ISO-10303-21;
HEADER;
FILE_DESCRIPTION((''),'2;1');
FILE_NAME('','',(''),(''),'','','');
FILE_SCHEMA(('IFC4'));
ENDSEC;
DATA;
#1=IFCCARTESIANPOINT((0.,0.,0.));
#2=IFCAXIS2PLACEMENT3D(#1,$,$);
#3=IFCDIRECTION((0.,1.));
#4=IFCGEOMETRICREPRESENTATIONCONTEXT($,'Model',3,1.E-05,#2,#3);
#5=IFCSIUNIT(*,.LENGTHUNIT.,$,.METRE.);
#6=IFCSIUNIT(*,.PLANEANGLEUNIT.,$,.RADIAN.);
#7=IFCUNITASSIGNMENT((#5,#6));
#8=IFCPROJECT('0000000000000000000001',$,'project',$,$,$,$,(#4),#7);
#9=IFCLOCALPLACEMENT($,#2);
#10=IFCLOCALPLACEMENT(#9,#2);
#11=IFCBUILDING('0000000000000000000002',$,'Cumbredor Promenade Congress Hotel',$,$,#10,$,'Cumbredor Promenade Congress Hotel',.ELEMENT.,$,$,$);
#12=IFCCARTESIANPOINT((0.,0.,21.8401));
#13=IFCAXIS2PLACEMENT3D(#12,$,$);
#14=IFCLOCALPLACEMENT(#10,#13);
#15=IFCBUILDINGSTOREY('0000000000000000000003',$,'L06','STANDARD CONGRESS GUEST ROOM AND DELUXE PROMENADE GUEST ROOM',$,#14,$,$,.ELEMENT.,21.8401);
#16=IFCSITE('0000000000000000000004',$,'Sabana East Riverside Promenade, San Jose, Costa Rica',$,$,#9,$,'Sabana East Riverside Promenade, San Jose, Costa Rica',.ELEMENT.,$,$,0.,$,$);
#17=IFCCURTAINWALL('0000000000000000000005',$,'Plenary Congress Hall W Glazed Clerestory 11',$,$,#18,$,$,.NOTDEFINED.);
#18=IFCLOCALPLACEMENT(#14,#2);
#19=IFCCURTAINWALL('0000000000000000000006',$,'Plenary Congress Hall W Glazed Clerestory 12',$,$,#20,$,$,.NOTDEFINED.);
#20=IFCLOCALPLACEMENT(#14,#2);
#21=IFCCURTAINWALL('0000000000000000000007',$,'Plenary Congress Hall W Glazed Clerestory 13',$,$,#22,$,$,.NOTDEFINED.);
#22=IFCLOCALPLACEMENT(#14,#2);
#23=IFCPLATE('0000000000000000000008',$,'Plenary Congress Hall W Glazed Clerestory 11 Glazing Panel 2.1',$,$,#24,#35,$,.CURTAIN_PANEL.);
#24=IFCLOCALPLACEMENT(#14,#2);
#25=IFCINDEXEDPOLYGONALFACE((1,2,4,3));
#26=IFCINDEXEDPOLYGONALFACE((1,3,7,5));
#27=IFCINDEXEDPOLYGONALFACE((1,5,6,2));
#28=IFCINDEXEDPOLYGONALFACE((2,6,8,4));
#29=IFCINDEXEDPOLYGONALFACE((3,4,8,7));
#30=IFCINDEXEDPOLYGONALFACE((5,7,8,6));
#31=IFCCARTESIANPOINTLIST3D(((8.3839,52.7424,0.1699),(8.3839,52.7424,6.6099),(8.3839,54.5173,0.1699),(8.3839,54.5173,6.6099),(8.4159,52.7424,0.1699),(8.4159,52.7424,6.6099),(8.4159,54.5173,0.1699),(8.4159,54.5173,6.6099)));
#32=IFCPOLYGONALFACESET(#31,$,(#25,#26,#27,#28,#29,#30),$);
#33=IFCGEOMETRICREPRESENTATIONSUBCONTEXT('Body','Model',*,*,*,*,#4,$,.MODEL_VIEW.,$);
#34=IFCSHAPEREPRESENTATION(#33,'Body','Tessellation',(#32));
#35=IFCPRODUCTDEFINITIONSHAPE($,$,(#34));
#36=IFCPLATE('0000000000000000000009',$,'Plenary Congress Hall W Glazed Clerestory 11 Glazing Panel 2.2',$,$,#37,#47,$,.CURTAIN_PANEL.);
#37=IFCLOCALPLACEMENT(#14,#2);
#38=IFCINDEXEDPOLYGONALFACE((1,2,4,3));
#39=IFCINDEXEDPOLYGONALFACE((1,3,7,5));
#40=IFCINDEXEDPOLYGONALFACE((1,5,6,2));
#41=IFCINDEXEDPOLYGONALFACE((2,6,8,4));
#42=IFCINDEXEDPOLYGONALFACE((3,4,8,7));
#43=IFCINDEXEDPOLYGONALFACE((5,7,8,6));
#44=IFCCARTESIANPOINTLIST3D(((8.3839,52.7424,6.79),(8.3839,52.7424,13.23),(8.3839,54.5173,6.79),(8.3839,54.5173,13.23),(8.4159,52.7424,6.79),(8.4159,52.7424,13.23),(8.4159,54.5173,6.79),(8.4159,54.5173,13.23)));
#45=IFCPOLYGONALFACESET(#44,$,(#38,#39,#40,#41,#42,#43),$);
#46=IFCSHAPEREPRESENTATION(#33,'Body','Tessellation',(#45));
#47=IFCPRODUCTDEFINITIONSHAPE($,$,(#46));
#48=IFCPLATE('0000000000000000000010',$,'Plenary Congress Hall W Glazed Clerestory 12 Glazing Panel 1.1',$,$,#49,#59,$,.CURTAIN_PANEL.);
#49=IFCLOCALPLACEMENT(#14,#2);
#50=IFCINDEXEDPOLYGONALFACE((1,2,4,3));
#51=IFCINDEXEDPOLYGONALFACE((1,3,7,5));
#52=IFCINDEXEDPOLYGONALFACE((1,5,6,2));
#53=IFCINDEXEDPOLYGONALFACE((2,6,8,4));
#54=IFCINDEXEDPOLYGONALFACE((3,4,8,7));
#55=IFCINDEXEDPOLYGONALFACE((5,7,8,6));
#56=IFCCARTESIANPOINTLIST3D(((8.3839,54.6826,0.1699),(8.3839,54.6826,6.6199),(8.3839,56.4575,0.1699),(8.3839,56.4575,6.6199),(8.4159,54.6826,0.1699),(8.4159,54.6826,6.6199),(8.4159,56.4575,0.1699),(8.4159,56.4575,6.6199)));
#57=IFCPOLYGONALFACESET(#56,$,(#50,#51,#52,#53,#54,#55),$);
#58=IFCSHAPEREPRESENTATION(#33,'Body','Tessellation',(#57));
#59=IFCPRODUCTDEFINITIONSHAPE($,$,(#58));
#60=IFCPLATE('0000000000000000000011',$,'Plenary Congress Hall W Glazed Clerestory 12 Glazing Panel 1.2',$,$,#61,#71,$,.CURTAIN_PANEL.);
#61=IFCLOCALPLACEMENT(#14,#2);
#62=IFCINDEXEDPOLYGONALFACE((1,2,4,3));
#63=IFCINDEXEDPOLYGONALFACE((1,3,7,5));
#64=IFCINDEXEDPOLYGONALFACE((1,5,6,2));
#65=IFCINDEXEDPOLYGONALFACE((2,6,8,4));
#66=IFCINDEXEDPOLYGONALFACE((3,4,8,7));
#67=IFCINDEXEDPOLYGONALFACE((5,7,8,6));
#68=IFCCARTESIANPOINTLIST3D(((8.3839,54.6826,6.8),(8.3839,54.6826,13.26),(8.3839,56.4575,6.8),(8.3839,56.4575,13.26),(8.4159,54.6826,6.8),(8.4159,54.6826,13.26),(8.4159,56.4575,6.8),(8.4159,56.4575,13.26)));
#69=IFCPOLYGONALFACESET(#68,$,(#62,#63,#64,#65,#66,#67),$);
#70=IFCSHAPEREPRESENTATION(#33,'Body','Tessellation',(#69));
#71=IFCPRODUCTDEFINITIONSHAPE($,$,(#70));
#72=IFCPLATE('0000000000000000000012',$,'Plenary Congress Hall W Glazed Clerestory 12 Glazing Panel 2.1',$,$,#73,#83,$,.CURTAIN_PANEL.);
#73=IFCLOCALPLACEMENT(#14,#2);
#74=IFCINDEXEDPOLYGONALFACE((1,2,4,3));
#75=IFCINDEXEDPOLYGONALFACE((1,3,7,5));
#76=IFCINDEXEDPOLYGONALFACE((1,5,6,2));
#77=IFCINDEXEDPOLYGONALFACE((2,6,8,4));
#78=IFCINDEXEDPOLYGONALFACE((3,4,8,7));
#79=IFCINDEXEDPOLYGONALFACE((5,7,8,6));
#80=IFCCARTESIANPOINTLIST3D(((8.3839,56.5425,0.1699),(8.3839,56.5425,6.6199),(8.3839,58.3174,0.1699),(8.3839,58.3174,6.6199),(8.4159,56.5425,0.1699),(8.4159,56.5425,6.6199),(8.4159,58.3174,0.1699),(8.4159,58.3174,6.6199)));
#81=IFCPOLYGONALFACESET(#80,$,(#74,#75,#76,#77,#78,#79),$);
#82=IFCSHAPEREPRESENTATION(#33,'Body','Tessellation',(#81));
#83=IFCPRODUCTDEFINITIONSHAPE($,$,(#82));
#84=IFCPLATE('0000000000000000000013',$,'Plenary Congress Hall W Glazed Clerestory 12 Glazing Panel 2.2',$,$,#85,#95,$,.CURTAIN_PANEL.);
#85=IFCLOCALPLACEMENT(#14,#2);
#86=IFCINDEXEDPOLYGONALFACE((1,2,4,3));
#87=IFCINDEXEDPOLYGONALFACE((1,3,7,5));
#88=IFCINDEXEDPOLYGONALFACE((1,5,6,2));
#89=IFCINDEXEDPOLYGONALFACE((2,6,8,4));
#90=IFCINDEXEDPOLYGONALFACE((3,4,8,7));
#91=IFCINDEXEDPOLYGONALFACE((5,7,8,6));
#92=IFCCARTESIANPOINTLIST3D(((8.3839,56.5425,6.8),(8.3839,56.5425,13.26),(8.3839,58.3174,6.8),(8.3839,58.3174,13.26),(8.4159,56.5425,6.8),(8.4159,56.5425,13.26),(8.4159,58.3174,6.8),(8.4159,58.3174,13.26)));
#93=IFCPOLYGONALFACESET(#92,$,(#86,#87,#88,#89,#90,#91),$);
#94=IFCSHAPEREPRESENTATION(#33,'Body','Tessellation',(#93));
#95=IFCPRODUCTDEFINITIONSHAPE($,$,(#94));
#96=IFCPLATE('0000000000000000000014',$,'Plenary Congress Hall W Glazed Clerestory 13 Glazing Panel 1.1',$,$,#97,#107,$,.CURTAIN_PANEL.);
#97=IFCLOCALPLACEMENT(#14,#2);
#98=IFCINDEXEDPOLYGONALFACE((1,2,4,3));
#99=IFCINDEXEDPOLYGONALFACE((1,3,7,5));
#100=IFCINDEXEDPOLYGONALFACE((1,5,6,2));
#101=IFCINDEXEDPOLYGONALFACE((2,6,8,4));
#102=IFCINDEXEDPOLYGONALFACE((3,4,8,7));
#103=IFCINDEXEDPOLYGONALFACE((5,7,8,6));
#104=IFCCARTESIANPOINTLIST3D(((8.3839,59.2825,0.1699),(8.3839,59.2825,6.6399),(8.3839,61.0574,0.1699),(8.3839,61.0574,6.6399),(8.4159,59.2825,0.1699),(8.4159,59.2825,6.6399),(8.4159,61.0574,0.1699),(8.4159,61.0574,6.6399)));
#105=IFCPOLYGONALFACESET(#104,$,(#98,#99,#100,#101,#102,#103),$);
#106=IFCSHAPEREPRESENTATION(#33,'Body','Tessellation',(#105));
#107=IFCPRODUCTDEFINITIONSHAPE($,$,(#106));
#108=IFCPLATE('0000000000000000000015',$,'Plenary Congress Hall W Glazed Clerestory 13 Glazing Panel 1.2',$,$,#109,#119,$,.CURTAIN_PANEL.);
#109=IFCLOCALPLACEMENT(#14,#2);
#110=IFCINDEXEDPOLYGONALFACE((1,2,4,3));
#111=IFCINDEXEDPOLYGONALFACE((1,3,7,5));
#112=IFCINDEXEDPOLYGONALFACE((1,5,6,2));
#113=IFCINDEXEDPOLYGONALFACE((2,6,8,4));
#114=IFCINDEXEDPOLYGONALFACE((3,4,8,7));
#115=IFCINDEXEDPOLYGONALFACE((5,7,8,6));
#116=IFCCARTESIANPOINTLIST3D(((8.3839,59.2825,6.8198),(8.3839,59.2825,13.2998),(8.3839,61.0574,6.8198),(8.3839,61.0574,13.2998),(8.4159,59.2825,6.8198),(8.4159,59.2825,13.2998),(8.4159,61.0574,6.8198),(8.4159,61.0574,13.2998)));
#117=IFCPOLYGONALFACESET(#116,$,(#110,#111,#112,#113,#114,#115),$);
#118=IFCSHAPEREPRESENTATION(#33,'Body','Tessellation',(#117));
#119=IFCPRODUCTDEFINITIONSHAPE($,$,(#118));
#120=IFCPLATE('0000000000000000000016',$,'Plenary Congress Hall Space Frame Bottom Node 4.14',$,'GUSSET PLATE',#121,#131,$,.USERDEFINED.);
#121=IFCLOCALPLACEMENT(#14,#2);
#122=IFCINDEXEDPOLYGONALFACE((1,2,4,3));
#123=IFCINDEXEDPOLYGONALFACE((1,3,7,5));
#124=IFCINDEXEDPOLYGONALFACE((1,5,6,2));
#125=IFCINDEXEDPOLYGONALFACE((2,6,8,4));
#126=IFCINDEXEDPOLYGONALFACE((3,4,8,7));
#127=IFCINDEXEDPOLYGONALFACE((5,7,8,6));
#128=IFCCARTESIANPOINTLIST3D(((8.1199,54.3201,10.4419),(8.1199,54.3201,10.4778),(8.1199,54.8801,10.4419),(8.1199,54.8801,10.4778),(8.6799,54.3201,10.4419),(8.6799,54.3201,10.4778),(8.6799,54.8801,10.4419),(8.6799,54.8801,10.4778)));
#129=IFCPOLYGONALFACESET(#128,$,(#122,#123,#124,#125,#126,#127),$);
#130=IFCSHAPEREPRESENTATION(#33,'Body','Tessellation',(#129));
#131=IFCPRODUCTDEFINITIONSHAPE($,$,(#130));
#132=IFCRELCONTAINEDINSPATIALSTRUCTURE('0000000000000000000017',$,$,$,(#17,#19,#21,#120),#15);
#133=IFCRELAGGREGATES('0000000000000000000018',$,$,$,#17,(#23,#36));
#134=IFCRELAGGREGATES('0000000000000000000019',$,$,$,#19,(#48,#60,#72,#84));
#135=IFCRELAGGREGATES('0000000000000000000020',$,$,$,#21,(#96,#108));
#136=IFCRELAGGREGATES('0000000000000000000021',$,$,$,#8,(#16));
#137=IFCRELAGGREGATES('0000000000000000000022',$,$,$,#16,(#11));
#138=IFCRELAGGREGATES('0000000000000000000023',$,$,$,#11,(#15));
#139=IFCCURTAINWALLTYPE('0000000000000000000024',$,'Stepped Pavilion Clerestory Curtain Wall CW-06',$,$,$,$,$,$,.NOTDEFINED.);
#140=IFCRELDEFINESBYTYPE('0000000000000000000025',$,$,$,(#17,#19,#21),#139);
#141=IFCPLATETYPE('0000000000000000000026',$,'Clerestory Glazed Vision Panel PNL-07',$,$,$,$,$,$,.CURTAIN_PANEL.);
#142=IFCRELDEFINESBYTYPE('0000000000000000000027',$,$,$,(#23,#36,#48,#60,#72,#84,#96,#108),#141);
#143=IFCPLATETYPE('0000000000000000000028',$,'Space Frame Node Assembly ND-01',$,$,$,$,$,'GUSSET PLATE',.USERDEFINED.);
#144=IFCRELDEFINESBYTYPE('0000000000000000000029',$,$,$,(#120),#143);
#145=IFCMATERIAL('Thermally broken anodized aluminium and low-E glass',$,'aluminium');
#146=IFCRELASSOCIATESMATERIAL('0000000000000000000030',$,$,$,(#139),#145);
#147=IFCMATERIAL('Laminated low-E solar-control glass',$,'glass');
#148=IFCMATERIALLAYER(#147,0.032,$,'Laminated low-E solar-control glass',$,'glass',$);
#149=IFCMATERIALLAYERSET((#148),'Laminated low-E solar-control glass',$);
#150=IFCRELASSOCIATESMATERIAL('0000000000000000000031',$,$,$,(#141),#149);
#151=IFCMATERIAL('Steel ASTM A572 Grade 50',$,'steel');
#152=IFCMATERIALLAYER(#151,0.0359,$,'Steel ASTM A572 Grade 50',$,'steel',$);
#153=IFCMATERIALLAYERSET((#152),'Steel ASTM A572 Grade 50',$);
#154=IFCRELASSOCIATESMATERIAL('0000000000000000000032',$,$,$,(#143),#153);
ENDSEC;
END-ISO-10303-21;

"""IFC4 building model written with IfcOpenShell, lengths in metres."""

from ifc_helpers import new_model, si_unit, direction, frame, origin, origin_2d, place, context, subcontext, project, spatial, rectangle, extrude, material, layer, layer_set, type_object, element, aggregate, save


model = new_model("IFC4")

# Units and contexts
model_context = context("Model", 3, precision=1e-05, world=origin(), true_north=direction((0.0, 1.0)))
body_context = subcontext(model_context, "Body", "Model", "MODEL_VIEW")
ifc_project = project(units=[si_unit("LENGTHUNIT", "METRE"), si_unit("PLANEANGLEUNIT", "RADIAN")], contexts=[model_context])

# Site, building, storey
site_placement = place(None, origin())
site = spatial("IfcSite", under=ifc_project, at=site_placement, Name="Sabana East Riverside Promenade, San Jose, Costa Rica", LongName="Sabana East Riverside Promenade, San Jose, Costa Rica", CompositionType="ELEMENT", RefElevation=0.0)
building_placement = place(site_placement, origin())
building = spatial("IfcBuilding", under=site, at=building_placement, Name="Cumbredor Promenade Congress Hotel", LongName="Cumbredor Promenade Congress Hotel", CompositionType="ELEMENT")
storey_placement = place(building_placement, frame((0.0, 0.0, 21.8401)))
storey = spatial("IfcBuildingStorey", under=building, at=storey_placement, Name="L06", Description="STANDARD CONGRESS GUEST ROOM AND DELUXE PROMENADE GUEST ROOM", CompositionType="ELEMENT", Elevation=21.8401)

# Curtain walls
ifc_material_1 = material(Name="Thermally broken anodized aluminium and low-E glass", Category="aluminium")
curtain_wall_type = type_object("IfcCurtainWallType", Name="Stepped Pavilion Clerestory Curtain Wall CW-06", PredefinedType="NOTDEFINED", material=ifc_material_1)
curtain_wall_1_placement = place(storey_placement, origin())
curtain_wall_1 = element("IfcCurtainWall", 1, at=curtain_wall_1_placement, inside=storey, type_object=curtain_wall_type, Name="Plenary Congress Hall W Glazed Clerestory 11", PredefinedType="NOTDEFINED")
curtain_wall_2_placement = place(storey_placement, origin())
curtain_wall_2 = element("IfcCurtainWall", 2, at=curtain_wall_2_placement, inside=storey, type_object=curtain_wall_type, Name="Plenary Congress Hall W Glazed Clerestory 12", PredefinedType="NOTDEFINED")
curtain_wall_3_placement = place(storey_placement, origin())
curtain_wall_3 = element("IfcCurtainWall", 3, at=curtain_wall_3_placement, inside=storey, type_object=curtain_wall_type, Name="Plenary Congress Hall W Glazed Clerestory 13", PredefinedType="NOTDEFINED")

# Plates
ifc_material_2 = material(Name="Laminated low-E solar-control glass", Category="glass")
ifc_layer_1 = layer(ifc_material_2, 0.032, Name="Laminated low-E solar-control glass", Category="glass")
ifc_layer_set_1 = layer_set([ifc_layer_1], Name="Laminated low-E solar-control glass")
plate_type_1 = type_object("IfcPlateType", Name="Clerestory Glazed Vision Panel PNL-07", PredefinedType="CURTAIN_PANEL", material=ifc_layer_set_1)
plate_1_placement = place(storey_placement, frame((8.3999, 53.6299, 0.1699), z_axis=(0.0, 0.0, 1.0), x_axis=(0.0, 1.0, 0.0)))
plate_1 = element("IfcPlate", 4, at=plate_1_placement, type_object=plate_type_1, Name="Plenary Congress Hall W Glazed Clerestory 11 Glazing Panel 2.1", PredefinedType="CURTAIN_PANEL", context=body_context, shape_type="SweptSolid", body=[
    extrude(rectangle(XDim=1.7749, YDim=0.032, at=origin_2d()), origin(), (0.0, 0.0, 1.0), 6.4399),
])
plate_2_placement = place(storey_placement, frame((8.3999, 53.6299, 6.79), z_axis=(0.0, 0.0, 1.0), x_axis=(0.0, 1.0, 0.0)))
plate_2 = element("IfcPlate", 5, at=plate_2_placement, type_object=plate_type_1, Name="Plenary Congress Hall W Glazed Clerestory 11 Glazing Panel 2.2", PredefinedType="CURTAIN_PANEL", context=body_context, shape_type="SweptSolid", body=[
    extrude(rectangle(XDim=1.7749, YDim=0.032, at=origin_2d()), origin(), (0.0, 0.0, 1.0), 6.4399),
])
aggregate(curtain_wall_1, [plate_1, plate_2])
plate_3_placement = place(storey_placement, frame((8.3999, 55.5701, 0.1699), z_axis=(0.0, 0.0, 1.0), x_axis=(0.0, 1.0, 0.0)))
plate_3 = element("IfcPlate", 6, at=plate_3_placement, type_object=plate_type_1, Name="Plenary Congress Hall W Glazed Clerestory 12 Glazing Panel 1.1", PredefinedType="CURTAIN_PANEL", context=body_context, shape_type="SweptSolid", body=[
    extrude(rectangle(XDim=1.7749, YDim=0.032, at=origin_2d()), origin(), (0.0, 0.0, 1.0), 6.45),
])
plate_4_placement = place(storey_placement, frame((8.3999, 55.5701, 6.8), z_axis=(0.0, 0.0, 1.0), x_axis=(0.0, 1.0, 0.0)))
plate_4 = element("IfcPlate", 7, at=plate_4_placement, type_object=plate_type_1, Name="Plenary Congress Hall W Glazed Clerestory 12 Glazing Panel 1.2", PredefinedType="CURTAIN_PANEL", context=body_context, shape_type="SweptSolid", body=[
    extrude(rectangle(XDim=1.7749, YDim=0.032, at=origin_2d()), origin(), (0.0, 0.0, 1.0), 6.46),
])
plate_5_placement = place(storey_placement, frame((8.3999, 57.4299, 0.1699), z_axis=(0.0, 0.0, 1.0), x_axis=(0.0, 1.0, 0.0)))
plate_5 = element("IfcPlate", 8, at=plate_5_placement, type_object=plate_type_1, Name="Plenary Congress Hall W Glazed Clerestory 12 Glazing Panel 2.1", PredefinedType="CURTAIN_PANEL", context=body_context, shape_type="SweptSolid", body=[
    extrude(rectangle(XDim=1.7749, YDim=0.032, at=origin_2d()), origin(), (0.0, 0.0, 1.0), 6.45),
])
plate_6_placement = place(storey_placement, frame((8.3999, 57.4299, 6.8), z_axis=(0.0, 0.0, 1.0), x_axis=(0.0, 1.0, 0.0)))
plate_6 = element("IfcPlate", 9, at=plate_6_placement, type_object=plate_type_1, Name="Plenary Congress Hall W Glazed Clerestory 12 Glazing Panel 2.2", PredefinedType="CURTAIN_PANEL", context=body_context, shape_type="SweptSolid", body=[
    extrude(rectangle(XDim=1.7749, YDim=0.032, at=origin_2d()), origin(), (0.0, 0.0, 1.0), 6.46),
])
aggregate(curtain_wall_2, [plate_3, plate_4, plate_5, plate_6])
plate_7_placement = place(storey_placement, frame((8.3999, 60.1699, 0.1699), z_axis=(0.0, 0.0, 1.0), x_axis=(0.0, 1.0, 0.0)))
plate_7 = element("IfcPlate", 10, at=plate_7_placement, type_object=plate_type_1, Name="Plenary Congress Hall W Glazed Clerestory 13 Glazing Panel 1.1", PredefinedType="CURTAIN_PANEL", context=body_context, shape_type="SweptSolid", body=[
    extrude(rectangle(XDim=1.7749, YDim=0.032, at=origin_2d()), origin(), (0.0, 0.0, 1.0), 6.47),
])
plate_8_placement = place(storey_placement, frame((8.3999, 60.1699, 6.8198), z_axis=(0.0, 0.0, 1.0), x_axis=(0.0, 1.0, 0.0)))
plate_8 = element("IfcPlate", 11, at=plate_8_placement, type_object=plate_type_1, Name="Plenary Congress Hall W Glazed Clerestory 13 Glazing Panel 1.2", PredefinedType="CURTAIN_PANEL", context=body_context, shape_type="SweptSolid", body=[
    extrude(rectangle(XDim=1.7749, YDim=0.032, at=origin_2d()), origin(), (0.0, 0.0, 1.0), 6.48),
])
aggregate(curtain_wall_3, [plate_7, plate_8])
ifc_material_3 = material(Name="Steel ASTM A572 Grade 50", Category="steel")
ifc_layer_2 = layer(ifc_material_3, 0.0359, Name="Steel ASTM A572 Grade 50", Category="steel")
ifc_layer_set_2 = layer_set([ifc_layer_2], Name="Steel ASTM A572 Grade 50")
plate_type_2 = type_object("IfcPlateType", Name="Space Frame Node Assembly ND-01", ElementType="GUSSET PLATE", PredefinedType="USERDEFINED", material=ifc_layer_set_2)
plate_9_placement = place(storey_placement, frame((8.3999, 54.6001, 10.4419), z_axis=(0.0, 0.0, 1.0), x_axis=(1.0, 0.0, 0.0)))
element("IfcPlate", 12, at=plate_9_placement, inside=storey, type_object=plate_type_2, Name="Plenary Congress Hall Space Frame Bottom Node 4.14", ObjectType="GUSSET PLATE", PredefinedType="USERDEFINED", context=body_context, shape_type="SweptSolid", body=[
    extrude(rectangle(XDim=0.5601, YDim=0.5601, at=origin_2d()), origin(), (0.0, 0.0, 1.0), 0.0359),
])

save(model, "model.ifc")
